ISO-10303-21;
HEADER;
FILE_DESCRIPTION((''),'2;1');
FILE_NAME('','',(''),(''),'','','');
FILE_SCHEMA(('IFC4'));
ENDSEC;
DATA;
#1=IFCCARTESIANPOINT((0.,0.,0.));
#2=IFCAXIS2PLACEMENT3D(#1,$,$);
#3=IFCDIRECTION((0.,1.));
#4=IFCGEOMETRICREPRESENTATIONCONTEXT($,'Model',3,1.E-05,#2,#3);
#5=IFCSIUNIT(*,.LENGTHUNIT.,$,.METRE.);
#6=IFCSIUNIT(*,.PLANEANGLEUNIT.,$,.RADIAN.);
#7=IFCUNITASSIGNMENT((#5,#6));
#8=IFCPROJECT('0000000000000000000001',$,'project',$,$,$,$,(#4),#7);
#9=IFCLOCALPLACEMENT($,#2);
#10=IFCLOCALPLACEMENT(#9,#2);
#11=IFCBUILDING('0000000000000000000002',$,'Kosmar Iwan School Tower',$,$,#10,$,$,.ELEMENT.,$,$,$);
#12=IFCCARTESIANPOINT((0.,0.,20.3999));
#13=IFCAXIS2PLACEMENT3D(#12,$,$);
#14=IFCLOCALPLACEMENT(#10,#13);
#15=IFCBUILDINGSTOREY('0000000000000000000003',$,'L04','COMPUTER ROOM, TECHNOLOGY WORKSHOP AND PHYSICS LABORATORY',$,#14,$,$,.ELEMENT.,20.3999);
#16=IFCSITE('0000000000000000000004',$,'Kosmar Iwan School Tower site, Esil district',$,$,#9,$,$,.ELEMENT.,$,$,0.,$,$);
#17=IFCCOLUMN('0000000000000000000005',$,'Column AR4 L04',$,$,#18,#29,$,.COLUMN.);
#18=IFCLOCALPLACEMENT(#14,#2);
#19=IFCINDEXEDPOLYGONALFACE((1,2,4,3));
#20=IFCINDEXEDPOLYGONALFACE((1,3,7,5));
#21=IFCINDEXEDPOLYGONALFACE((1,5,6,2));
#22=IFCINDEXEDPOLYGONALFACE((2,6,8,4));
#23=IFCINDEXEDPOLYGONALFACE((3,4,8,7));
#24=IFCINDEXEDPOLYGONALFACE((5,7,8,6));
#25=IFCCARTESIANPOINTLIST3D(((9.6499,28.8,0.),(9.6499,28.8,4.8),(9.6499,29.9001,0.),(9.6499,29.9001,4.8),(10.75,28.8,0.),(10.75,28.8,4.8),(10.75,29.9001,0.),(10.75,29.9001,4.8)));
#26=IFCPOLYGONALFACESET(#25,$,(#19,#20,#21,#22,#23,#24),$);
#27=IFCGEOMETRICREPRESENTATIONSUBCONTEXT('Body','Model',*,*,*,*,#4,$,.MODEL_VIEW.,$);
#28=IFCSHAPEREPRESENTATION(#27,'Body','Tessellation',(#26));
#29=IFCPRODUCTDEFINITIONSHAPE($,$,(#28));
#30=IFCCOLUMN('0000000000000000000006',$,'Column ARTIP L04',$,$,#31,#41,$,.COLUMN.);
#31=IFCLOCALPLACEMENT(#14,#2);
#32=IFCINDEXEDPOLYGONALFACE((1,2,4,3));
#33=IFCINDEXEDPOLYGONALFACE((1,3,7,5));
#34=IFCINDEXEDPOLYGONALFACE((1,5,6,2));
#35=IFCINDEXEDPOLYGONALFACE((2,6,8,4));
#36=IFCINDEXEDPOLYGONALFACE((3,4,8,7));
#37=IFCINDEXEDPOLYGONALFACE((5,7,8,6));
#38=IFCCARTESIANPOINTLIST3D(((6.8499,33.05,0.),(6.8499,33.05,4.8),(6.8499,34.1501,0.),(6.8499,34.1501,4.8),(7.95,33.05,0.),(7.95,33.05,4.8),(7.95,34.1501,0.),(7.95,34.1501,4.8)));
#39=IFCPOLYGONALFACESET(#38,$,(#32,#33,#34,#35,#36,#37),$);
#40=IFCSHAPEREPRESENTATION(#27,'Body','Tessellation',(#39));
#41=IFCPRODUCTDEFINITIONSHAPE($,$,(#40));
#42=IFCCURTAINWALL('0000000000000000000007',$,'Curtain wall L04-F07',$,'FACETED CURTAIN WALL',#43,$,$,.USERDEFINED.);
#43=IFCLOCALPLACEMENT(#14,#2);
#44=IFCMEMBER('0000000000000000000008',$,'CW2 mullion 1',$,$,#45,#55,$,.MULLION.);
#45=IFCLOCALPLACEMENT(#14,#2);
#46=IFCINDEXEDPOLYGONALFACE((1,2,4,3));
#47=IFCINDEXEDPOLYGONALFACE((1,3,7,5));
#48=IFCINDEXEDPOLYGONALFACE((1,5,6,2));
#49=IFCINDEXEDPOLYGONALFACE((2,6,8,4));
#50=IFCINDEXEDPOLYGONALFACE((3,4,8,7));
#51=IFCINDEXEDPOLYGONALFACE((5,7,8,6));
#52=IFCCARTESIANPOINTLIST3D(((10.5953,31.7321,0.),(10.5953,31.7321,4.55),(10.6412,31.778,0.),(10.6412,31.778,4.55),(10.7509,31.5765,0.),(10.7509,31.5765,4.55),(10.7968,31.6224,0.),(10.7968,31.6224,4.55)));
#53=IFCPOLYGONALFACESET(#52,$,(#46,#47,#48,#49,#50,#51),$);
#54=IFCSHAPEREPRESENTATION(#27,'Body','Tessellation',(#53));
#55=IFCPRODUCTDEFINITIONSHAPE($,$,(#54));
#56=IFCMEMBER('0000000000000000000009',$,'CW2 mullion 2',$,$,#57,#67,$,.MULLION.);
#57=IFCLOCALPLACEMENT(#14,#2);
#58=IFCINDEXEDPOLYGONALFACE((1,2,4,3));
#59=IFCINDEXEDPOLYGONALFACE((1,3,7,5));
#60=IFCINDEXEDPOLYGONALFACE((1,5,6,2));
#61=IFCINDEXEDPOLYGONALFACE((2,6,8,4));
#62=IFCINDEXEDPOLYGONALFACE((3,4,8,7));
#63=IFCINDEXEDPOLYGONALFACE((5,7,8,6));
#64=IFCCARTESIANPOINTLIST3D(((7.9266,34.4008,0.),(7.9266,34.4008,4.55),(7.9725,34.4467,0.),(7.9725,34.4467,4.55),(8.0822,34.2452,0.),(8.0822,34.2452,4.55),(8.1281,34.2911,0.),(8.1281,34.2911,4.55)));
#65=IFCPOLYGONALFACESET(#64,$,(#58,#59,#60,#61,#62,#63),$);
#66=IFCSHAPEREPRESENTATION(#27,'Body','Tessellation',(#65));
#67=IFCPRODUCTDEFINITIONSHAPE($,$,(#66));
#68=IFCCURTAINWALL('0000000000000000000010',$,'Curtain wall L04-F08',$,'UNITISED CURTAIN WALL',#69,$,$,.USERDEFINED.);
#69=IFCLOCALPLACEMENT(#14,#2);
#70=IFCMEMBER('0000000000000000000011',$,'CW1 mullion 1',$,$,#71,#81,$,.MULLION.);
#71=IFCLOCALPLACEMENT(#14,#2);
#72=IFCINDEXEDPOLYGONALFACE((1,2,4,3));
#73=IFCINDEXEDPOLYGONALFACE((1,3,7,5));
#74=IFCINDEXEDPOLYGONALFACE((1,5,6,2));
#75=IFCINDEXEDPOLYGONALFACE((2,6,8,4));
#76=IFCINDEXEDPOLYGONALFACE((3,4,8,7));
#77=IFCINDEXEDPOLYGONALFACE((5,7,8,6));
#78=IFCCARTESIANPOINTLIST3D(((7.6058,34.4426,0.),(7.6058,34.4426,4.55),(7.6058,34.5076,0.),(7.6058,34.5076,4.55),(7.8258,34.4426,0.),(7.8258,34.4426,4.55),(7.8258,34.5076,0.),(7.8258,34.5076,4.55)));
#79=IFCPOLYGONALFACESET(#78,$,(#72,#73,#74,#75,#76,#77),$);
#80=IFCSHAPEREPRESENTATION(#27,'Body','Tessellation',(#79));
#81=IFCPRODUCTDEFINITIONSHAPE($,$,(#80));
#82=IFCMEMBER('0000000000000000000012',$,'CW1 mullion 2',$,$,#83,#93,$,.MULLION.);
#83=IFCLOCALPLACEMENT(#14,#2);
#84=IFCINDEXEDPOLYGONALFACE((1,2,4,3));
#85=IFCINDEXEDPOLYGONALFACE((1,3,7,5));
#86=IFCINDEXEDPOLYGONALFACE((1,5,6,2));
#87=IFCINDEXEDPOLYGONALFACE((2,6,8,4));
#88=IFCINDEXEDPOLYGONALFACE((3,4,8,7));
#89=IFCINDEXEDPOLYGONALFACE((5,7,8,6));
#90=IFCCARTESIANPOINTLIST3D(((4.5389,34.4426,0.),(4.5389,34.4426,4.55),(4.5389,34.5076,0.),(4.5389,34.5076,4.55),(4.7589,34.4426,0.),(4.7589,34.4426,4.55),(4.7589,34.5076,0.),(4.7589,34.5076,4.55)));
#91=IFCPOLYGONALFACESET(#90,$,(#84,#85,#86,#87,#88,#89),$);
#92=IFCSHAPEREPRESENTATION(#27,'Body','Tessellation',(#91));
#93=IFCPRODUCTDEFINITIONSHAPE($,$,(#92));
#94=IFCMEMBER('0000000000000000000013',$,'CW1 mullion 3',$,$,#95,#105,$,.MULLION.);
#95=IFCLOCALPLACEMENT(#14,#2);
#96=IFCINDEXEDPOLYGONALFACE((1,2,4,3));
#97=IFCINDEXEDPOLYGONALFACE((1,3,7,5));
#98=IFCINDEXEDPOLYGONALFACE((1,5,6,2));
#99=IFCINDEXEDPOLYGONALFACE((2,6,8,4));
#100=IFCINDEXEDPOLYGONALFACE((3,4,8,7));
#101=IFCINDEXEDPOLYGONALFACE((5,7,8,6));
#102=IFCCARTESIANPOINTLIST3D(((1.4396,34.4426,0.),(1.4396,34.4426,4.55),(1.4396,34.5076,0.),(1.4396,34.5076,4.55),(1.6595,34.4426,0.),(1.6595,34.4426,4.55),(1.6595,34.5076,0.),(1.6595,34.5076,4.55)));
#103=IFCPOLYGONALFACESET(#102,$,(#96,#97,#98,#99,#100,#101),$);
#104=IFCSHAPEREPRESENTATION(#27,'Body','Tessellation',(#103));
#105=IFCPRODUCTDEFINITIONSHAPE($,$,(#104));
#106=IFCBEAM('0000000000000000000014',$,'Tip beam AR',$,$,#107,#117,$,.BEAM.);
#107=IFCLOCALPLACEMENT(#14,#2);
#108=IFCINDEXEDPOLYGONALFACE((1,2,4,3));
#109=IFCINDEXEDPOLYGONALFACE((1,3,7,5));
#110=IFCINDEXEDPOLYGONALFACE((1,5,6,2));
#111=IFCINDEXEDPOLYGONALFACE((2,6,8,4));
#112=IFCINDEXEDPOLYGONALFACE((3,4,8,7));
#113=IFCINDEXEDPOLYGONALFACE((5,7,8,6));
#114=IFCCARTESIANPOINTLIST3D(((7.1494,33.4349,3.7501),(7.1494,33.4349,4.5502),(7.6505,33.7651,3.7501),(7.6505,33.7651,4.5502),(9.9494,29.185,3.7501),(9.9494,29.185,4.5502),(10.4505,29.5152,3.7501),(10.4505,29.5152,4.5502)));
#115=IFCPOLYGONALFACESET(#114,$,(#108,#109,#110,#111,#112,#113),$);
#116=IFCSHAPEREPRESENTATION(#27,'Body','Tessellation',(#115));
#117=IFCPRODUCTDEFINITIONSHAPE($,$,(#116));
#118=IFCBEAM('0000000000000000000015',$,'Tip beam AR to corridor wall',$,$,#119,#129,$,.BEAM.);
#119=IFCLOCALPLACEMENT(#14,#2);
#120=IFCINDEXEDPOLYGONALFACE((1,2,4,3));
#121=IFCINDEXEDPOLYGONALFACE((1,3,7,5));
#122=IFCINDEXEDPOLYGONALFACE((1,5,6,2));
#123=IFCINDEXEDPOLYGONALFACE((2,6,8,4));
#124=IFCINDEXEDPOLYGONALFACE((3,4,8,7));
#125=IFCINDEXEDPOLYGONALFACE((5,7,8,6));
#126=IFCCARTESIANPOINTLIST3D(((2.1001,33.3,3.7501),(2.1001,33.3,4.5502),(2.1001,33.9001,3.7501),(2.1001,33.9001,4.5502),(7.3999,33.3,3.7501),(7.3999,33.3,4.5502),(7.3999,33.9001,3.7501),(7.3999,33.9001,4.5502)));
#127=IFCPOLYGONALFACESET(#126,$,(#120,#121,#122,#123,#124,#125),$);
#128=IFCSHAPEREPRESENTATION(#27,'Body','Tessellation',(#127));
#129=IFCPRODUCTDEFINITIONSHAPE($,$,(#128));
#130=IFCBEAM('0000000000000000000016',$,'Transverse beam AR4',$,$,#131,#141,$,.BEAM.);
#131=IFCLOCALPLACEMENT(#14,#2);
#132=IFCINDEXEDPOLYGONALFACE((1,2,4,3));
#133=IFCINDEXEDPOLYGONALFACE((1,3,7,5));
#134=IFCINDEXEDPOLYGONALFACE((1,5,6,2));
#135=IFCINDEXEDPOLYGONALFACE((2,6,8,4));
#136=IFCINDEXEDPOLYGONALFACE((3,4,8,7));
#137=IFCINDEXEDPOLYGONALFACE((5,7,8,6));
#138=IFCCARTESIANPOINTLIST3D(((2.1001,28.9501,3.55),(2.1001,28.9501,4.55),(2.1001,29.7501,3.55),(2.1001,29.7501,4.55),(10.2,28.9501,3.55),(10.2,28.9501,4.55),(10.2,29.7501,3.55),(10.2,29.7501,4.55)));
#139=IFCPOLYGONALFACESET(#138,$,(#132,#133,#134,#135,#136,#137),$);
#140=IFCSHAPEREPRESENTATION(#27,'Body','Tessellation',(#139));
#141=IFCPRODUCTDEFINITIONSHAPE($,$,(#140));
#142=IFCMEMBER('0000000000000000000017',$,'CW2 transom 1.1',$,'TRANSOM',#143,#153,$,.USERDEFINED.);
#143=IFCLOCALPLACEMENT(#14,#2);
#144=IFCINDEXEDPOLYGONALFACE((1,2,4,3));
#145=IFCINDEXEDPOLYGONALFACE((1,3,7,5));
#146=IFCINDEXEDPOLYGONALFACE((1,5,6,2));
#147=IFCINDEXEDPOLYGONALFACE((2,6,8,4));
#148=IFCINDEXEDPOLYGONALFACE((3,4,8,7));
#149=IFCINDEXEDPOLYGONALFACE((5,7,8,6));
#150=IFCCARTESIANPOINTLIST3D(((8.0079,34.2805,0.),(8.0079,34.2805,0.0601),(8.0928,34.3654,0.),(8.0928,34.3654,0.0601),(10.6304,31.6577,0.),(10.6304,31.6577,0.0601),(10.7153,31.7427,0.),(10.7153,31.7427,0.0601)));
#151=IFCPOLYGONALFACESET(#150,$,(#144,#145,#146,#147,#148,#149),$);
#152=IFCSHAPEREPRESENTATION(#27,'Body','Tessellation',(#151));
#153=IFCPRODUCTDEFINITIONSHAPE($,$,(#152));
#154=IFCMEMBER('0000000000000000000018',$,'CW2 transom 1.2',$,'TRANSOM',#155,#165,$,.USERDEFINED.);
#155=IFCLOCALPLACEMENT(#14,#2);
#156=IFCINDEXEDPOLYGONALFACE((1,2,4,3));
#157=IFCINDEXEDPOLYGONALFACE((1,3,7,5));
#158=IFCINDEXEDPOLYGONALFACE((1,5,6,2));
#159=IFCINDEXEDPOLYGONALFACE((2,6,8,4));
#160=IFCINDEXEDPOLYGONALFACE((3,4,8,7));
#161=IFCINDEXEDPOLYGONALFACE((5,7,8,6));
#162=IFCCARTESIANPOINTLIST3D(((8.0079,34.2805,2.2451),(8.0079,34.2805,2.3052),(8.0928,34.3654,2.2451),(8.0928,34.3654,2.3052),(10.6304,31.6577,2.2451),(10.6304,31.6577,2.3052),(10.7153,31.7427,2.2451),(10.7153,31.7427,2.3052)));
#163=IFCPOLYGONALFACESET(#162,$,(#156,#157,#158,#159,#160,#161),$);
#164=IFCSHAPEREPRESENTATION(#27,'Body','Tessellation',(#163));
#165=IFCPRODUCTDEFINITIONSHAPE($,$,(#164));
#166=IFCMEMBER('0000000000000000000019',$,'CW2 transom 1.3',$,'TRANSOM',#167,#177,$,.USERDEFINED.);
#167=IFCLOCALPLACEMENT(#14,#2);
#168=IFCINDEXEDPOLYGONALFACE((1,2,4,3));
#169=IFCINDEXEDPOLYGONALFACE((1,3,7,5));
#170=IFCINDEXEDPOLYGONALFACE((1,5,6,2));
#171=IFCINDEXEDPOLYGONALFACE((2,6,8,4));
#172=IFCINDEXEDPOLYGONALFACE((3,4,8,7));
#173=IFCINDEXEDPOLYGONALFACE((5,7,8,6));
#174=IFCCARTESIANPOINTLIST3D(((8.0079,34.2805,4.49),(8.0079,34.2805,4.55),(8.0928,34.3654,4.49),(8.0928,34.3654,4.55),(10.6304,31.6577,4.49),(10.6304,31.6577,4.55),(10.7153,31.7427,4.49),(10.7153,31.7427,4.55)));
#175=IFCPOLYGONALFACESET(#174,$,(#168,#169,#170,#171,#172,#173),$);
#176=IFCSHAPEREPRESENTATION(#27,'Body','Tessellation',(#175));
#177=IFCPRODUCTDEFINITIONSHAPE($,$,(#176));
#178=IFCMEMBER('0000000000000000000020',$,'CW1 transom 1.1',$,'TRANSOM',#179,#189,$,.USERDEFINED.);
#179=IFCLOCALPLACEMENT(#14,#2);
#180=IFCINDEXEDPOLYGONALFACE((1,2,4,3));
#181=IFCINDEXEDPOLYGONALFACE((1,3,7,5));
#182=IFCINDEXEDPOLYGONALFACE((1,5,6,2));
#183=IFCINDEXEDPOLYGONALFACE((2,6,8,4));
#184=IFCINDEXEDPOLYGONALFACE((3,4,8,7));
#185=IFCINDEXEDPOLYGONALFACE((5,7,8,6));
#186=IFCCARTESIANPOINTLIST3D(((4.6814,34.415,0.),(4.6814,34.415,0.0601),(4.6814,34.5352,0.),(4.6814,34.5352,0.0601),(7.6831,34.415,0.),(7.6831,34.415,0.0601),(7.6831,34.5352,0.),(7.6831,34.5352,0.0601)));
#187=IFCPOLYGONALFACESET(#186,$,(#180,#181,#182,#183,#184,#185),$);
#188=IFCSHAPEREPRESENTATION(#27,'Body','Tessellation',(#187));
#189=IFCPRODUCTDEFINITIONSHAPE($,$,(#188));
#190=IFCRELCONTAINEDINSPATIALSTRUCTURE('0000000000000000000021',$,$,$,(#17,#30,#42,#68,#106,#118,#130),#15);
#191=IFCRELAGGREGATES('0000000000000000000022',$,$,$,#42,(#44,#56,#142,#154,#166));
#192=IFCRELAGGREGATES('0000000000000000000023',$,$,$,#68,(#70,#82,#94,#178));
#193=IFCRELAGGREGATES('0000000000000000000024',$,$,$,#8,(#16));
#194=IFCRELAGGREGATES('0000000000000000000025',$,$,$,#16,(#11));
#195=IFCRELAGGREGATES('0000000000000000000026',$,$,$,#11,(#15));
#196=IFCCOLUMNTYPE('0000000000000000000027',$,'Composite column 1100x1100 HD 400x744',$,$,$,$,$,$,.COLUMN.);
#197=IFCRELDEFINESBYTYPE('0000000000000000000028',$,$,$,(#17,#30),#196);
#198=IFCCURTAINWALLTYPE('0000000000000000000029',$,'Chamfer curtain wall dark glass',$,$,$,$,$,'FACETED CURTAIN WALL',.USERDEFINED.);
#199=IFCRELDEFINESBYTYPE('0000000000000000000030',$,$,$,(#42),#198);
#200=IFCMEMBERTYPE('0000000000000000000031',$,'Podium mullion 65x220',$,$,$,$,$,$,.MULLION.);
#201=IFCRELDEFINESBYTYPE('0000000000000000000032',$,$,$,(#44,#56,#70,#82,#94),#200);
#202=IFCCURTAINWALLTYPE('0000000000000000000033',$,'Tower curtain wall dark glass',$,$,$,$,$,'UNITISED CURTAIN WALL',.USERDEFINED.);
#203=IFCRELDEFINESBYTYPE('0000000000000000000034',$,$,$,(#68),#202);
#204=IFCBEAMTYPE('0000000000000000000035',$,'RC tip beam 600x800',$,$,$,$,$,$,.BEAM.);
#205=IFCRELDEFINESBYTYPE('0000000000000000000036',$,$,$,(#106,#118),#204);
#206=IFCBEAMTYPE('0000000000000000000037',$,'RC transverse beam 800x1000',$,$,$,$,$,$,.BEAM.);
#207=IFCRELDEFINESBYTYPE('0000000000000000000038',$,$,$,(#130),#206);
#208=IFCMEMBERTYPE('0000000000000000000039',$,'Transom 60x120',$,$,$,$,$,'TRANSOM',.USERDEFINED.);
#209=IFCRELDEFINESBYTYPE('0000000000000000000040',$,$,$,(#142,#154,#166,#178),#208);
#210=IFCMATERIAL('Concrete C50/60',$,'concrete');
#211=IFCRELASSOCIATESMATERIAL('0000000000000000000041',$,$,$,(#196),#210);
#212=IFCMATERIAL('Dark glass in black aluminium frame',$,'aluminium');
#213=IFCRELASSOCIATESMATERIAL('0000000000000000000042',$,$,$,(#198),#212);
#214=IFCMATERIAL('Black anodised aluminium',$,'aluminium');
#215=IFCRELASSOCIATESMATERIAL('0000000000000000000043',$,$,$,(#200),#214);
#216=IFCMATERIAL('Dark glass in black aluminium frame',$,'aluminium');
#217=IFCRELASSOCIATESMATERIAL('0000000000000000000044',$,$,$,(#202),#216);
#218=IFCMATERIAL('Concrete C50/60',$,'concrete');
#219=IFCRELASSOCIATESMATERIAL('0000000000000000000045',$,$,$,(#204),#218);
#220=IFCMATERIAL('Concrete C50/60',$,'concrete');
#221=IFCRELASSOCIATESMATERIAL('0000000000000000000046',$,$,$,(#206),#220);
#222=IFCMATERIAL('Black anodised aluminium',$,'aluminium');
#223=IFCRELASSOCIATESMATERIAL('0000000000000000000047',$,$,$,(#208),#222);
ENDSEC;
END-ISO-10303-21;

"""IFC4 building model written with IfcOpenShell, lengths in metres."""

from ifc_helpers import new_model, si_unit, direction, frame, origin, origin_2d, place, context, subcontext, project, spatial, rectangle, extrude, material, material_profile, profile_set, type_object, element, aggregate, save


model = new_model("IFC4")

# Units and contexts
model_context = context("Model", 3, precision=1e-05, world=origin(), true_north=direction((0.0, 1.0)))
body_context = subcontext(model_context, "Body", "Model", "MODEL_VIEW")
ifc_project = project(units=[si_unit("LENGTHUNIT", "METRE"), si_unit("PLANEANGLEUNIT", "RADIAN")], contexts=[model_context])

# Site, building, storey
site_placement = place(None, origin())
site = spatial("IfcSite", under=ifc_project, at=site_placement, Name="Kosmar Iwan School Tower site, Esil district", CompositionType="ELEMENT", RefElevation=0.0)
building_placement = place(site_placement, origin())
building = spatial("IfcBuilding", under=site, at=building_placement, Name="Kosmar Iwan School Tower", CompositionType="ELEMENT")
storey_placement = place(building_placement, frame((0.0, 0.0, 20.3999)))
storey = spatial("IfcBuildingStorey", under=building, at=storey_placement, Name="L04", Description="COMPUTER ROOM, TECHNOLOGY WORKSHOP AND PHYSICS LABORATORY", CompositionType="ELEMENT", Elevation=20.3999)

# Columns
ifc_material_1 = material(Name="Concrete C50/60", Category="concrete")
ifc_material_profile_1 = material_profile(ifc_material_1, rectangle(XDim=1.1001, YDim=1.1001, at=origin_2d()), Name="RC 1100x1100 + HD 400x744")
ifc_profile_set_1 = profile_set([ifc_material_profile_1], Name="Concrete C50/60")
column_type = type_object("IfcColumnType", Name="Composite column 1100x1100 HD 400x744", PredefinedType="COLUMN", material=ifc_profile_set_1)
for number, where, z_axis, x_axis, name in (
    (1, (10.2, 29.3501, 0.0), (0.0, 0.0, 1.0), (0.0, 1.0, 0.0), "Column AR4 L04"),
    (2, (7.3999, 33.6001, 0.0), (0.0, 0.0, 1.0), (0.0, 1.0, 0.0), "Column ARTIP L04"),
):
    element("IfcColumn", number, at=place(storey_placement, frame(where, z_axis=z_axis, x_axis=x_axis)), inside=storey, type_object=column_type, Name=name, PredefinedType="COLUMN", context=body_context, shape_type="SweptSolid", body=[
        extrude(rectangle(XDim=1.1001, YDim=1.1001, at=origin_2d()), origin(), (0.0, 0.0, 1.0), 4.8),
    ])

# Curtain walls, members
ifc_material_2 = material(Name="Dark glass in black aluminium frame", Category="aluminium")
curtain_wall_type_1 = type_object("IfcCurtainWallType", Name="Chamfer curtain wall dark glass", ElementType="FACETED CURTAIN WALL", PredefinedType="USERDEFINED", material=ifc_material_2)
curtain_wall_1_placement = place(storey_placement, origin())
curtain_wall_1 = element("IfcCurtainWall", 3, at=curtain_wall_1_placement, inside=storey, type_object=curtain_wall_type_1, Name="Curtain wall L04-F07", ObjectType="FACETED CURTAIN WALL", PredefinedType="USERDEFINED")
ifc_material_3 = material(Name="Black anodised aluminium", Category="aluminium")
ifc_material_profile_2 = material_profile(ifc_material_3, rectangle(XDim=0.0649, YDim=0.22, at=origin_2d()), Name="MULLION 65x220")
ifc_profile_set_2 = profile_set([ifc_material_profile_2], Name="Black anodised aluminium")
member_type_1 = type_object("IfcMemberType", Name="Podium mullion 65x220", PredefinedType="MULLION", material=ifc_profile_set_2)
member_1_placement = place(storey_placement, frame((10.696, 31.6772, 0.0), z_axis=(0.0, 0.0, 1.0), x_axis=(-0.707107, -0.707107, 0.0)))
member_1 = element("IfcMember", 4, at=member_1_placement, type_object=member_type_1, Name="CW2 mullion 1", PredefinedType="MULLION", context=body_context, shape_type="SweptSolid", body=[
    extrude(rectangle(XDim=0.0649, YDim=0.22, at=origin_2d()), origin(), (0.0, 0.0, 1.0), 4.55),
])
member_2_placement = place(storey_placement, frame((8.0273, 34.3459, 0.0), z_axis=(0.0, 0.0, 1.0), x_axis=(-0.707107, -0.707107, 0.0)))
member_2 = element("IfcMember", 5, at=member_2_placement, type_object=member_type_1, Name="CW2 mullion 2", PredefinedType="MULLION", context=body_context, shape_type="SweptSolid", body=[
    extrude(rectangle(XDim=0.0649, YDim=0.22, at=origin_2d()), origin(), (0.0, 0.0, 1.0), 4.55),
])
ifc_material_4 = material(Name="Dark glass in black aluminium frame", Category="aluminium")
curtain_wall_type_2 = type_object("IfcCurtainWallType", Name="Tower curtain wall dark glass", ElementType="UNITISED CURTAIN WALL", PredefinedType="USERDEFINED", material=ifc_material_4)
curtain_wall_2_placement = place(storey_placement, origin())
curtain_wall_2 = element("IfcCurtainWall", 6, at=curtain_wall_2_placement, inside=storey, type_object=curtain_wall_type_2, Name="Curtain wall L04-F08", ObjectType="UNITISED CURTAIN WALL", PredefinedType="USERDEFINED")
member_3_placement = place(storey_placement, frame((7.7158, 34.4751, 0.0), z_axis=(0.0, 0.0, 1.0), x_axis=(0.0, -1.0, 0.0)))
member_3 = element("IfcMember", 7, at=member_3_placement, type_object=member_type_1, Name="CW1 mullion 1", PredefinedType="MULLION", context=body_context, shape_type="SweptSolid", body=[
    extrude(rectangle(XDim=0.0649, YDim=0.22, at=origin_2d()), origin(), (0.0, 0.0, 1.0), 4.55),
])
member_4_placement = place(storey_placement, frame((4.6489, 34.4751, 0.0), z_axis=(0.0, 0.0, 1.0), x_axis=(0.0, -1.0, 0.0)))
member_4 = element("IfcMember", 8, at=member_4_placement, type_object=member_type_1, Name="CW1 mullion 2", PredefinedType="MULLION", context=body_context, shape_type="SweptSolid", body=[
    extrude(rectangle(XDim=0.0649, YDim=0.22, at=origin_2d()), origin(), (0.0, 0.0, 1.0), 4.55),
])
member_5_placement = place(storey_placement, frame((1.5496, 34.4751, 0.0), z_axis=(0.0, 0.0, 1.0), x_axis=(0.0, -1.0, 0.0)))
member_5 = element("IfcMember", 9, at=member_5_placement, type_object=member_type_1, Name="CW1 mullion 3", PredefinedType="MULLION", context=body_context, shape_type="SweptSolid", body=[
    extrude(rectangle(XDim=0.0649, YDim=0.22, at=origin_2d()), origin(), (0.0, 0.0, 1.0), 4.55),
])

# Beams
ifc_material_5 = material(Name="Concrete C50/60", Category="concrete")
ifc_material_profile_3 = material_profile(ifc_material_5, rectangle(XDim=0.6001, YDim=0.8, at=origin_2d()), Name="RC 600x800")
ifc_profile_set_3 = profile_set([ifc_material_profile_3], Name="Concrete C50/60")
beam_type_1 = type_object("IfcBeamType", Name="RC tip beam 600x800", PredefinedType="BEAM", material=ifc_profile_set_3)
beam_1_placement = place(storey_placement, frame((10.2, 29.3501, 4.1501), z_axis=(-0.550164, 0.835056, 0.0), x_axis=(-0.835056, -0.550164, 0.0)))
element("IfcBeam", 10, at=beam_1_placement, inside=storey, type_object=beam_type_1, Name="Tip beam AR", PredefinedType="BEAM", context=body_context, shape_type="SweptSolid", body=[
    extrude(rectangle(XDim=0.6001, YDim=0.8, at=origin_2d()), origin(), (0.0, 0.0, 1.0), 5.0894),
])
beam_2_placement = place(storey_placement, frame((7.3999, 33.6001, 4.1501), z_axis=(-1.0, 0.0, 0.0), x_axis=(0.0, -1.0, 0.0)))
element("IfcBeam", 11, at=beam_2_placement, inside=storey, type_object=beam_type_1, Name="Tip beam AR to corridor wall", PredefinedType="BEAM", context=body_context, shape_type="SweptSolid", body=[
    extrude(rectangle(XDim=0.6001, YDim=0.8, at=origin_2d()), origin(), (0.0, 0.0, 1.0), 5.2998),
])
ifc_material_6 = material(Name="Concrete C50/60", Category="concrete")
ifc_material_profile_4 = material_profile(ifc_material_6, rectangle(XDim=0.8, YDim=1.0, at=origin_2d()), Name="RC 800x1000")
ifc_profile_set_4 = profile_set([ifc_material_profile_4], Name="Concrete C50/60")
beam_type_2 = type_object("IfcBeamType", Name="RC transverse beam 800x1000", PredefinedType="BEAM", material=ifc_profile_set_4)
beam_3_placement = place(storey_placement, frame((10.2, 29.3501, 4.05), z_axis=(-1.0, 0.0, 0.0), x_axis=(0.0, -1.0, 0.0)))
element("IfcBeam", 12, at=beam_3_placement, inside=storey, type_object=beam_type_2, Name="Transverse beam AR4", PredefinedType="BEAM", context=body_context, shape_type="SweptSolid", body=[
    extrude(rectangle(XDim=0.8, YDim=1.0, at=origin_2d()), origin(), (0.0, 0.0, 1.0), 8.0999),
])

# Members
ifc_material_7 = material(Name="Black anodised aluminium", Category="aluminium")
ifc_material_profile_5 = material_profile(ifc_material_7, rectangle(XDim=0.1201, YDim=0.0601, at=origin_2d()), Name="TRANSOM 60x120")
ifc_profile_set_5 = profile_set([ifc_material_profile_5], Name="Black anodised aluminium")
member_type_2 = type_object("IfcMemberType", Name="Transom 60x120", ElementType="TRANSOM", PredefinedType="USERDEFINED", material=ifc_profile_set_5)
member_6_placement = place(storey_placement, frame((10.6729, 31.7002, 0.03), z_axis=(-0.707074, 0.70714, 0.0), x_axis=(-0.70714, -0.707074, 0.0)))
member_6 = element("IfcMember", 13, at=member_6_placement, type_object=member_type_2, Name="CW2 transom 1.1", ObjectType="TRANSOM", PredefinedType="USERDEFINED", context=body_context, shape_type="SweptSolid", body=[
    extrude(rectangle(XDim=0.1201, YDim=0.0601, at=origin_2d()), origin(), (0.0, 0.0, 1.0), 3.709),
])
member_7_placement = place(storey_placement, frame((10.6729, 31.7002, 2.2751), z_axis=(-0.707074, 0.70714, 0.0), x_axis=(-0.70714, -0.707074, 0.0)))
member_7 = element("IfcMember", 14, at=member_7_placement, type_object=member_type_2, Name="CW2 transom 1.2", ObjectType="TRANSOM", PredefinedType="USERDEFINED", context=body_context, shape_type="SweptSolid", body=[
    extrude(rectangle(XDim=0.1201, YDim=0.0601, at=origin_2d()), origin(), (0.0, 0.0, 1.0), 3.709),
])
member_8_placement = place(storey_placement, frame((10.6729, 31.7002, 4.52), z_axis=(-0.707074, 0.70714, 0.0), x_axis=(-0.70714, -0.707074, 0.0)))
member_8 = element("IfcMember", 15, at=member_8_placement, type_object=member_type_2, Name="CW2 transom 1.3", ObjectType="TRANSOM", PredefinedType="USERDEFINED", context=body_context, shape_type="SweptSolid", body=[
    extrude(rectangle(XDim=0.1201, YDim=0.0601, at=origin_2d()), origin(), (0.0, 0.0, 1.0), 3.709),
])
member_9_placement = place(storey_placement, frame((7.6831, 34.4751, 0.03), z_axis=(-1.0, 0.0, 0.0), x_axis=(0.0, -1.0, 0.0)))
member_9 = element("IfcMember", 16, at=member_9_placement, type_object=member_type_2, Name="CW1 transom 1.1", ObjectType="TRANSOM", PredefinedType="USERDEFINED", context=body_context, shape_type="SweptSolid", body=[
    extrude(rectangle(XDim=0.1201, YDim=0.0601, at=origin_2d()), origin(), (0.0, 0.0, 1.0), 3.0017),
])

aggregate(curtain_wall_1, [member_1, member_2, member_6, member_7, member_8])
aggregate(curtain_wall_2, [member_3, member_4, member_5, member_9])

save(model, "model.ifc")
